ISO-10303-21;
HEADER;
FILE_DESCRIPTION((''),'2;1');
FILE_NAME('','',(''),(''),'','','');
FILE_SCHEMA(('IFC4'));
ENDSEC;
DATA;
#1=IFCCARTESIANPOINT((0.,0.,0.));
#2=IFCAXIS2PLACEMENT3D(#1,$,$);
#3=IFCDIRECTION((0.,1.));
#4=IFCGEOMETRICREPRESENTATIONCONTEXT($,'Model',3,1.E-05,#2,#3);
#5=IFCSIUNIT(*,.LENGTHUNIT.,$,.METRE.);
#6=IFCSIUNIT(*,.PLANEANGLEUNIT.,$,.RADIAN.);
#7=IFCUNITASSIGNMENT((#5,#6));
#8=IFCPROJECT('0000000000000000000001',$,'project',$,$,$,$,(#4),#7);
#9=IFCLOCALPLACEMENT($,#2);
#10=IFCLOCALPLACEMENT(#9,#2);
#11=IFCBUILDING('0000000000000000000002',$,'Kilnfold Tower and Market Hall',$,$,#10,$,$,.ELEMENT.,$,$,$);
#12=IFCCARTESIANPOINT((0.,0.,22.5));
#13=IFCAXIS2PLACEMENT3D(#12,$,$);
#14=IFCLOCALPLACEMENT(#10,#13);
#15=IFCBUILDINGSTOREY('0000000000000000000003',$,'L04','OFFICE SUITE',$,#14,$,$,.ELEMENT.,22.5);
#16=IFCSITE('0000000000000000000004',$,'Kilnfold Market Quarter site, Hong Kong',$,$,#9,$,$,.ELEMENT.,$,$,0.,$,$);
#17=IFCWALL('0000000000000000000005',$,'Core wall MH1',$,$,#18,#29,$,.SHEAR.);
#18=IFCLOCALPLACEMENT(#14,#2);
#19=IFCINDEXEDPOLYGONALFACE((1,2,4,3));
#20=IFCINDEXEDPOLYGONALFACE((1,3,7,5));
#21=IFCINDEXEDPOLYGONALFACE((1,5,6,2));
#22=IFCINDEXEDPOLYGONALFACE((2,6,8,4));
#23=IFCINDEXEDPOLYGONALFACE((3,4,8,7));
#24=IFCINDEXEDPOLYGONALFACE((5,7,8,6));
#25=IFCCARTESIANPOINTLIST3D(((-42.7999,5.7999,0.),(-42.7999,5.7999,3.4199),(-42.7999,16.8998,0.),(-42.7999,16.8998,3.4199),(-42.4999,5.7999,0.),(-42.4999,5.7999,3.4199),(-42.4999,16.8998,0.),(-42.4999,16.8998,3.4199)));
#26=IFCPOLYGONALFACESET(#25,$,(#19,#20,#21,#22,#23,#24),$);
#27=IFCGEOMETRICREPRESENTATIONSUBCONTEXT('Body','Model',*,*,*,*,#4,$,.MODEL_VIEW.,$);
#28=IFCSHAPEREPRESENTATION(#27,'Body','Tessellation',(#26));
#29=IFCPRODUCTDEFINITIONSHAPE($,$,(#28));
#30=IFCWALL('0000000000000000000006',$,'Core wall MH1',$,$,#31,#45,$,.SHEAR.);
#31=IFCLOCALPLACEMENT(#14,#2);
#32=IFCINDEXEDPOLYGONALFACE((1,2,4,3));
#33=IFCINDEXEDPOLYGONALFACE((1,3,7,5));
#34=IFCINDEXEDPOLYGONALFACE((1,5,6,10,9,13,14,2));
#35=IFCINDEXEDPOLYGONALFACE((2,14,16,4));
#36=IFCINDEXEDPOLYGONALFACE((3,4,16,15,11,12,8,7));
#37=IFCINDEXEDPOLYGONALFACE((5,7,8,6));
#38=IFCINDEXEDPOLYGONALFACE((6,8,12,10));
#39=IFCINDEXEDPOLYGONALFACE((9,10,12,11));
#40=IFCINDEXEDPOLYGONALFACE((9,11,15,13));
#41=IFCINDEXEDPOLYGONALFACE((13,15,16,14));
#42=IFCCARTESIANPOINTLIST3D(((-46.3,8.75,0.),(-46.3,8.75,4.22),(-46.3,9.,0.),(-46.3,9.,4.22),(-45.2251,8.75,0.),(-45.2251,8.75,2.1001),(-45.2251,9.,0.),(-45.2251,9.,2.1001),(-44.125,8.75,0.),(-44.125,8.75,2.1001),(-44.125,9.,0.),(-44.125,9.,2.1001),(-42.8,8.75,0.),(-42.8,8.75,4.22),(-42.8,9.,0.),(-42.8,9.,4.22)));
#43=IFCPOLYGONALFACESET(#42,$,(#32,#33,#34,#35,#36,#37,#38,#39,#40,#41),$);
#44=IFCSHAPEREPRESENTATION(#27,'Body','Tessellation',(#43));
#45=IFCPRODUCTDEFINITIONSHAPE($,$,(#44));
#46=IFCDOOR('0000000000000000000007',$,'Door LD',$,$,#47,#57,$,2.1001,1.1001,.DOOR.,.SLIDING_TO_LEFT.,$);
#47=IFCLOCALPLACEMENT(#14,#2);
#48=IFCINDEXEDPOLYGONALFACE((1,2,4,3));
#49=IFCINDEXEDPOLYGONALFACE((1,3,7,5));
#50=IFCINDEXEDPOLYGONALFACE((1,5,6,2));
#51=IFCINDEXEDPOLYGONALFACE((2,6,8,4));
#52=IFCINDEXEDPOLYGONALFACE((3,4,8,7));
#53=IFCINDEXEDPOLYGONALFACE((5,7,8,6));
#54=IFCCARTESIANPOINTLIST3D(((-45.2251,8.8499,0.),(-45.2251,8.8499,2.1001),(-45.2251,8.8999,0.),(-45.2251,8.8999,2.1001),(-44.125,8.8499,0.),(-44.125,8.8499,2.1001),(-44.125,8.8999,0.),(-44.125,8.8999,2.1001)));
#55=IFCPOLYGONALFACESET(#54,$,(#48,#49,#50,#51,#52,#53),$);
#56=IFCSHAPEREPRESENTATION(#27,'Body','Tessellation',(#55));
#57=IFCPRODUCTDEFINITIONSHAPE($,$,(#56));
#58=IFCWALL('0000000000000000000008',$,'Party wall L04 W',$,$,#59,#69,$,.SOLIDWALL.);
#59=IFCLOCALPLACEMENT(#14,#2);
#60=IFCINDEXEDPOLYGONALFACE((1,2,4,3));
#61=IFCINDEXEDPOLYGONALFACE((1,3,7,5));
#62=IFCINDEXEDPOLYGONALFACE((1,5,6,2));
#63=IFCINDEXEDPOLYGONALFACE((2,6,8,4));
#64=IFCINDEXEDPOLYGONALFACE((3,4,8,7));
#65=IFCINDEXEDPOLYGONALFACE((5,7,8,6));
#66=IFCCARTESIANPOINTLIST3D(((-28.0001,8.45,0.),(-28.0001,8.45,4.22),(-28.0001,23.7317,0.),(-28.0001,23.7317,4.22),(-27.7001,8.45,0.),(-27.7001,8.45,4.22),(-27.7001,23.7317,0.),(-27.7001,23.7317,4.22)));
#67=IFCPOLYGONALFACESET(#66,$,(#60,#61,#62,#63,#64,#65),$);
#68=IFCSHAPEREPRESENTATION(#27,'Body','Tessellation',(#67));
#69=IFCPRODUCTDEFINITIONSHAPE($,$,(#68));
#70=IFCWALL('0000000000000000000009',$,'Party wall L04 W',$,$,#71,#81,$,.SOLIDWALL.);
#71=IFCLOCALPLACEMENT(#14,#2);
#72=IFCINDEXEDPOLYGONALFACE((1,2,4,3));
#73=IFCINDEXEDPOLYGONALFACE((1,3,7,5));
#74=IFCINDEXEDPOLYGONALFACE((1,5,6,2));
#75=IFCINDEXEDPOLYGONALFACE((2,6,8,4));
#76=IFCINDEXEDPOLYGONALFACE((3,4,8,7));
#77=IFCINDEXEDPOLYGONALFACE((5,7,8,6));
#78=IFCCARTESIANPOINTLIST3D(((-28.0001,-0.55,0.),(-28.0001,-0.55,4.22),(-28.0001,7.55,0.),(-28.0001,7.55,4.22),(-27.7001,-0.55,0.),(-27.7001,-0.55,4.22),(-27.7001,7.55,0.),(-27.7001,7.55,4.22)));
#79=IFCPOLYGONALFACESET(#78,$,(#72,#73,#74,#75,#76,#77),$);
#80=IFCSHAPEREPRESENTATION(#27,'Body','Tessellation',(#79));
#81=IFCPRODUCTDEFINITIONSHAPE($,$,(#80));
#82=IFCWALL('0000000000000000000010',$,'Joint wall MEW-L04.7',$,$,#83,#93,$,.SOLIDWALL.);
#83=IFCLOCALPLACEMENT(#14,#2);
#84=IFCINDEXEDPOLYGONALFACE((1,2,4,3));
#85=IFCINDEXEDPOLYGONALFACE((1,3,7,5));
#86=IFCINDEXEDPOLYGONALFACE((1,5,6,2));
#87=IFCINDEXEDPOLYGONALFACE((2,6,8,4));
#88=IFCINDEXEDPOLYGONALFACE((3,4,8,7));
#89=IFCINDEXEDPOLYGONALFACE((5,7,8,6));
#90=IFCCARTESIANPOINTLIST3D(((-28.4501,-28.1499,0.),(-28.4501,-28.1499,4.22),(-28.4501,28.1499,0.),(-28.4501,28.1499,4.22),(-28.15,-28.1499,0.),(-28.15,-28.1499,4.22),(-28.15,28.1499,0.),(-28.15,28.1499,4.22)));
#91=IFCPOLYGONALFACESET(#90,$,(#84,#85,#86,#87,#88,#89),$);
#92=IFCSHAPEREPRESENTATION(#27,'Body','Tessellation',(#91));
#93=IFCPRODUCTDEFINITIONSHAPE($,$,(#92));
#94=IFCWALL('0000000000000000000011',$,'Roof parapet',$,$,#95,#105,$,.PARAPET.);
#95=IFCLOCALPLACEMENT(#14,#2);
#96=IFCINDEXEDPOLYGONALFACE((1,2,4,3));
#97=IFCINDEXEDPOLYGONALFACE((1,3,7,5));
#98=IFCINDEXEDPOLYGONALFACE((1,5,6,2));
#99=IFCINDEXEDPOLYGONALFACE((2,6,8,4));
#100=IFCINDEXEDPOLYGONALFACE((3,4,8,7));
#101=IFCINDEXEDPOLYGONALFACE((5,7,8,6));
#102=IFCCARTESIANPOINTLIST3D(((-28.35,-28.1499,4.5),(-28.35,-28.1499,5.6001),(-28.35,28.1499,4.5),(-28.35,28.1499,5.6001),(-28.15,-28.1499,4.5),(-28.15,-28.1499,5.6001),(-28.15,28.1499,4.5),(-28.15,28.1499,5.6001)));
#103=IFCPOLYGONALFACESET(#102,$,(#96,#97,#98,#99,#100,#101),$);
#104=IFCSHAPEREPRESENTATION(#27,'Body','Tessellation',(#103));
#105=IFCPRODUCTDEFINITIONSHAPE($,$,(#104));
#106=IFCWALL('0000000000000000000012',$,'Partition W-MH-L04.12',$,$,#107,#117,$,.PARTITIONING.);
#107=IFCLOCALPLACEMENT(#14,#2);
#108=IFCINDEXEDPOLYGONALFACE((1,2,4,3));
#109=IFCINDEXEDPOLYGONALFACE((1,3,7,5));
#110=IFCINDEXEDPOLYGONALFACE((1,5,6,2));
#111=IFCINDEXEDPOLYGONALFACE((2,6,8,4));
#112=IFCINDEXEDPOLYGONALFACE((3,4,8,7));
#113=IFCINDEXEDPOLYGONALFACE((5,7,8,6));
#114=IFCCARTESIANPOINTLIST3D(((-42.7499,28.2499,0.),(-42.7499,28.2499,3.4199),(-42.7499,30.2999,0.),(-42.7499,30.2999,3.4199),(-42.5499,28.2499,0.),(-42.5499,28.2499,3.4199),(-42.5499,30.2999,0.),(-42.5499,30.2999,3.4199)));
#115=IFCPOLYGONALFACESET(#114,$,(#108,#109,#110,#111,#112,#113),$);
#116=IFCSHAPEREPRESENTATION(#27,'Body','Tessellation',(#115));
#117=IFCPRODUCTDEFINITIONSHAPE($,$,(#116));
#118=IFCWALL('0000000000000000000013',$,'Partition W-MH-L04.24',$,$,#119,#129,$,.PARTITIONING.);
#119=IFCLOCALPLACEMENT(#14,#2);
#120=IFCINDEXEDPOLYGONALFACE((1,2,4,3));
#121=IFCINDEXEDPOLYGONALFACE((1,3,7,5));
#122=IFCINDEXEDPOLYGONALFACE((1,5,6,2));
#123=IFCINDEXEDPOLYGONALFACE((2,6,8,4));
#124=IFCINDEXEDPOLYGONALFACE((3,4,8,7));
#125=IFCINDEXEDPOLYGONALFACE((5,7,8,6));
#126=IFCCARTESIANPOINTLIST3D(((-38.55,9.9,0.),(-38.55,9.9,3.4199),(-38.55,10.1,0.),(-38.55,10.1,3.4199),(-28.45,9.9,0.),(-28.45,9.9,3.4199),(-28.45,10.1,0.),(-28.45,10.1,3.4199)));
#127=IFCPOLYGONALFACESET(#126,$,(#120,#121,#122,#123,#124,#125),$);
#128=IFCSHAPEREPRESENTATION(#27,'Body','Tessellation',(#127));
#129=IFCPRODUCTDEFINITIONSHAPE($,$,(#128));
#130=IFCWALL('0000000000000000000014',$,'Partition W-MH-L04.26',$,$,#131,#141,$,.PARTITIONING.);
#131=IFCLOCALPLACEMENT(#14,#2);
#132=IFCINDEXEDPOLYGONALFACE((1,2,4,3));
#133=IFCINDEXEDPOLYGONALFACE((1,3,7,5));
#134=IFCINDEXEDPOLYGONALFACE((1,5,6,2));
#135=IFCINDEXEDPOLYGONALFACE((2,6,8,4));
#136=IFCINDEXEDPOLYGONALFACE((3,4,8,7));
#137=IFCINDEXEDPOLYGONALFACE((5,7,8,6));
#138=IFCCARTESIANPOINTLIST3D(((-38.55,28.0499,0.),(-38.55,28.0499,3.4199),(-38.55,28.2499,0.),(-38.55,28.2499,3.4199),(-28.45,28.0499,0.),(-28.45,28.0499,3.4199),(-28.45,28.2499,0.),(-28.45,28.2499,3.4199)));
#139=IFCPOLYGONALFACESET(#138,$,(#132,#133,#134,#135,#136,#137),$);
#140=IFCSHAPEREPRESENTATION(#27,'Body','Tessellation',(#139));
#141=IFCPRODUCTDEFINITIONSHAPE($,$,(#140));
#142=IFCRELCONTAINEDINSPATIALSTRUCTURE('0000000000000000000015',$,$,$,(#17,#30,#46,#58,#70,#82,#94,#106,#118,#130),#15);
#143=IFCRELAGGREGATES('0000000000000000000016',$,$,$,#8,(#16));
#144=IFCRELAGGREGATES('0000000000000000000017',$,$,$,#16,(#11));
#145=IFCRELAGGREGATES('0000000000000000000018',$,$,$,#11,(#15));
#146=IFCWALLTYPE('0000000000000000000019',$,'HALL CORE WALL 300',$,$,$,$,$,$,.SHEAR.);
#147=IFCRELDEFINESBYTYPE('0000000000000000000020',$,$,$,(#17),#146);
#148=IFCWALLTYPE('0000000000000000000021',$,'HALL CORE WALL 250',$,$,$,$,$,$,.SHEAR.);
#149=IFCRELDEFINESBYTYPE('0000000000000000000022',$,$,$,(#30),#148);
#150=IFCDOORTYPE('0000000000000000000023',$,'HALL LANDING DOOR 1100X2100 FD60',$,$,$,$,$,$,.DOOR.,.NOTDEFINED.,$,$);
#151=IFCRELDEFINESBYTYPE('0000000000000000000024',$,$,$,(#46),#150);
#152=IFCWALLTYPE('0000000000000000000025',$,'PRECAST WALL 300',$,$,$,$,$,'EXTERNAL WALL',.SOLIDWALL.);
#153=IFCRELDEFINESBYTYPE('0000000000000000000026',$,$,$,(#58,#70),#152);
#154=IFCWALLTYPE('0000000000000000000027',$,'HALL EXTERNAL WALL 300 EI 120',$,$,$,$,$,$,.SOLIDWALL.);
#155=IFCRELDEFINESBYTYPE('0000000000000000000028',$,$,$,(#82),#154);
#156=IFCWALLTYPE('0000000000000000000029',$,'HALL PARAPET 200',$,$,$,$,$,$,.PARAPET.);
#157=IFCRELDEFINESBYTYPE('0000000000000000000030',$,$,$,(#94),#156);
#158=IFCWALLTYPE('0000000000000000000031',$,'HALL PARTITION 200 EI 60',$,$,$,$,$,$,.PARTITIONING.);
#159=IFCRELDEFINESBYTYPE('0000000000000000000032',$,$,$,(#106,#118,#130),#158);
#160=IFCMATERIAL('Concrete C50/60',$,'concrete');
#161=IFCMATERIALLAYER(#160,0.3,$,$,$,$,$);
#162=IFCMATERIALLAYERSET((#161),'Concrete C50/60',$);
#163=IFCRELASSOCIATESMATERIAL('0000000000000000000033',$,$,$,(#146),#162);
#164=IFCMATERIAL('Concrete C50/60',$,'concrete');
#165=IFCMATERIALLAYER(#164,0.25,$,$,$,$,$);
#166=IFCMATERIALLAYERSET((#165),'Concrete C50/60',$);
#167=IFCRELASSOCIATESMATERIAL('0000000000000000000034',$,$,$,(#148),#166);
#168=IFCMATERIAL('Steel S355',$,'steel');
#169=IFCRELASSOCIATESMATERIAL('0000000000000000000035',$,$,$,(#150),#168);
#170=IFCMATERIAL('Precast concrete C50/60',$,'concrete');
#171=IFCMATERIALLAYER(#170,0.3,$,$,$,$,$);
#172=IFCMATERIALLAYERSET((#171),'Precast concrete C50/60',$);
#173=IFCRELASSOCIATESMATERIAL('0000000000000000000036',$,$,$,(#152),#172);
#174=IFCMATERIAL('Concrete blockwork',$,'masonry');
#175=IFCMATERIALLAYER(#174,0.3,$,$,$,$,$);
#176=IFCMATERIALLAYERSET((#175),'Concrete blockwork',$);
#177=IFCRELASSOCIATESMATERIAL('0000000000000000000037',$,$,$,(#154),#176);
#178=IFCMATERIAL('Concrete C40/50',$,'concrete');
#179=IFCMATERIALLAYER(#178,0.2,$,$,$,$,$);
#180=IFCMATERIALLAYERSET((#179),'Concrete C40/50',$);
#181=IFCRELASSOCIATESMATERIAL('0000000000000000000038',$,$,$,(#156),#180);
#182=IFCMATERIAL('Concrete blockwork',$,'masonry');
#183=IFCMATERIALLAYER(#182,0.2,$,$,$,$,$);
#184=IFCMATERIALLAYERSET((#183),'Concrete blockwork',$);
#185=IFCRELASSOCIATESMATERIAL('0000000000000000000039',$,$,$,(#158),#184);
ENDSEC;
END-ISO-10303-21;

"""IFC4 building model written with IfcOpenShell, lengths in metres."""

from ifc_helpers import new_model, si_unit, direction, frame, frame_2d, origin, place, context, subcontext, project, spatial, rectangle, extrude, source, transform, mapped, material, layer, layer_set, type_object, element, fill, save


model = new_model("IFC4")

# Units and contexts
model_context = context("Model", 3, precision=1e-05, world=origin(), true_north=direction((0.0, 1.0)))
body_context = subcontext(model_context, "Body", "Model", "MODEL_VIEW")
ifc_project = project(units=[si_unit("LENGTHUNIT", "METRE"), si_unit("PLANEANGLEUNIT", "RADIAN")], contexts=[model_context])

# Site, building, storey
site_placement = place(None, origin())
site = spatial("IfcSite", under=ifc_project, at=site_placement, Name="Kilnfold Market Quarter site, Hong Kong", CompositionType="ELEMENT", RefElevation=0.0)
building_placement = place(site_placement, origin())
building = spatial("IfcBuilding", under=site, at=building_placement, Name="Kilnfold Tower and Market Hall", CompositionType="ELEMENT")
storey_placement = place(building_placement, frame((0.0, 0.0, 22.5)))
storey = spatial("IfcBuildingStorey", under=building, at=storey_placement, Name="L04", Description="OFFICE SUITE", CompositionType="ELEMENT", Elevation=22.5)

# Wall
ifc_material_1 = material(Name="Concrete C50/60", Category="concrete")
ifc_layer_1 = layer(ifc_material_1, 0.3)
ifc_layer_set_1 = layer_set([ifc_layer_1], Name="Concrete C50/60")
wall_type_1 = type_object("IfcWallType", Name="HALL CORE WALL 300", PredefinedType="SHEAR", material=ifc_layer_set_1)
shared_shape_1 = source(origin(), body_context, "Body", "SweptSolid", [
    extrude(rectangle(XDim=11.0999, YDim=0.3, at=frame_2d((5.5498, 0.0))), origin(), (0.0, 0.0, 1.0), 3.4199),
])
wall_1_placement = place(storey_placement, frame((-42.6499, 5.8, 0.0), z_axis=(0.0, 0.0, 1.0), x_axis=(0.0, 1.0, 0.0)))
element("IfcWall", 1, at=wall_1_placement, inside=storey, type_object=wall_type_1, Name="Core wall MH1", PredefinedType="SHEAR", context=body_context, shape_type="MappedRepresentation", body=[
    mapped(shared_shape_1, transform((0.0, 0.0, 0.0))),
])

# Wall, opening, door
ifc_material_2 = material(Name="Concrete C50/60", Category="concrete")
ifc_layer_2 = layer(ifc_material_2, 0.25)
ifc_layer_set_2 = layer_set([ifc_layer_2], Name="Concrete C50/60")
wall_type_2 = type_object("IfcWallType", Name="HALL CORE WALL 250", PredefinedType="SHEAR", material=ifc_layer_set_2)
shared_shape_2 = source(origin(), body_context, "Body", "SweptSolid", [
    extrude(rectangle(XDim=3.5, YDim=0.25, at=frame_2d((1.75, 0.0))), origin(), (0.0, 0.0, 1.0), 4.22),
])
wall_2_placement = place(storey_placement, frame((-46.3, 8.875, 0.0), z_axis=(0.0, 0.0, 1.0), x_axis=(1.0, 0.0, 0.0)))
wall_2 = element("IfcWall", 2, at=wall_2_placement, inside=storey, type_object=wall_type_2, Name="Core wall MH1", PredefinedType="SHEAR", context=body_context, shape_type="MappedRepresentation", body=[
    mapped(shared_shape_2, transform((0.0, 0.0, 0.0))),
])
opening_1_placement = place(wall_2_placement, frame((1.075, 0.0, 0.0)))
opening_1 = element("IfcOpeningElement", 3, at=opening_1_placement, cuts=wall_2, PredefinedType="OPENING", context=body_context, shape_type="SweptSolid", body=[
    extrude(rectangle(XDim=1.1001, YDim=2.1001, at=frame_2d((0.55, 1.05))), frame((0.0, 0.135, 0.0), z_axis=(0.0, -1.0, 0.0), x_axis=(1.0, 0.0, 0.0)), (0.0, 0.0, 1.0), 0.27),
])
ifc_material_3 = material(Name="Steel S355", Category="steel")
door_type_1 = type_object("IfcDoorType", Name="HALL LANDING DOOR 1100X2100 FD60", OperationType="NOTDEFINED", PredefinedType="DOOR", material=ifc_material_3)
door_1_placement = place(opening_1_placement, origin())
door_1 = element("IfcDoor", 4, at=door_1_placement, inside=storey, type_object=door_type_1, Name="Door LD", OperationType="SLIDING_TO_LEFT", OverallHeight=2.1001, OverallWidth=1.1001, PredefinedType="DOOR", context=body_context, shape_type="SweptSolid", body=[
    extrude(rectangle(XDim=1.1001, YDim=2.1001, at=frame_2d((0.55, 1.05))), frame((0.0, 0.0249, 0.0), z_axis=(0.0, -1.0, 0.0), x_axis=(1.0, 0.0, 0.0)), (0.0, 0.0, 1.0), 0.05),
])
fill(opening_1, door_1)

# Walls
ifc_material_4 = material(Name="Precast concrete C50/60", Category="concrete")
ifc_layer_3 = layer(ifc_material_4, 0.3)
ifc_layer_set_3 = layer_set([ifc_layer_3], Name="Precast concrete C50/60")
wall_type_3 = type_object("IfcWallType", Name="PRECAST WALL 300", ElementType="EXTERNAL WALL", PredefinedType="SOLIDWALL", material=ifc_layer_set_3)
shared_shape_3 = source(origin(), body_context, "Body", "SweptSolid", [
    extrude(rectangle(XDim=15.2817, YDim=0.3, at=frame_2d((7.6409, 0.0))), origin(), (0.0, 0.0, 1.0), 4.22),
])
wall_3_placement = place(storey_placement, frame((-27.8501, 23.7317, 0.0), z_axis=(0.0, 0.0, 1.0), x_axis=(0.0, -1.0, 0.0)))
element("IfcWall", 5, at=wall_3_placement, inside=storey, type_object=wall_type_3, Name="Party wall L04 W", PredefinedType="SOLIDWALL", context=body_context, shape_type="MappedRepresentation", body=[
    mapped(shared_shape_3, transform((0.0, 0.0, 0.0))),
])
shared_shape_4 = source(origin(), body_context, "Body", "SweptSolid", [
    extrude(rectangle(XDim=8.1001, YDim=0.3, at=frame_2d((4.05, 0.0))), origin(), (0.0, 0.0, 1.0), 4.22),
])
wall_4_placement = place(storey_placement, frame((-27.8501, 7.55, 0.0), z_axis=(0.0, 0.0, 1.0), x_axis=(0.0, -1.0, 0.0)))
element("IfcWall", 6, at=wall_4_placement, inside=storey, type_object=wall_type_3, Name="Party wall L04 W", PredefinedType="SOLIDWALL", context=body_context, shape_type="MappedRepresentation", body=[
    mapped(shared_shape_4, transform((0.0, 0.0, 0.0))),
])
ifc_material_5 = material(Name="Concrete blockwork", Category="masonry")
ifc_layer_4 = layer(ifc_material_5, 0.3)
ifc_layer_set_4 = layer_set([ifc_layer_4], Name="Concrete blockwork")
wall_type_4 = type_object("IfcWallType", Name="HALL EXTERNAL WALL 300 EI 120", PredefinedType="SOLIDWALL", material=ifc_layer_set_4)
shared_shape_5 = source(origin(), body_context, "Body", "SweptSolid", [
    extrude(rectangle(XDim=56.2998, YDim=0.3, at=frame_2d((28.1499, 0.0))), origin(), (0.0, 0.0, 1.0), 4.22),
])
wall_5_placement = place(storey_placement, frame((-28.3, 28.1499, 0.0), z_axis=(0.0, 0.0, 1.0), x_axis=(0.0, -1.0, 0.0)))
element("IfcWall", 7, at=wall_5_placement, inside=storey, type_object=wall_type_4, Name="Joint wall MEW-L04.7", PredefinedType="SOLIDWALL", context=body_context, shape_type="MappedRepresentation", body=[
    mapped(shared_shape_5, transform((0.0, 0.0, 0.0))),
])
ifc_material_6 = material(Name="Concrete C40/50", Category="concrete")
ifc_layer_5 = layer(ifc_material_6, 0.2)
ifc_layer_set_5 = layer_set([ifc_layer_5], Name="Concrete C40/50")
wall_type_5 = type_object("IfcWallType", Name="HALL PARAPET 200", PredefinedType="PARAPET", material=ifc_layer_set_5)
shared_shape_6 = source(origin(), body_context, "Body", "SweptSolid", [
    extrude(rectangle(XDim=56.2998, YDim=0.2, at=frame_2d((28.1499, 0.0))), origin(), (0.0, 0.0, 1.0), 1.1001),
])
wall_6_placement = place(storey_placement, frame((-28.25, 28.1499, 4.5), z_axis=(0.0, 0.0, 1.0), x_axis=(0.0, -1.0, 0.0)))
element("IfcWall", 8, at=wall_6_placement, inside=storey, type_object=wall_type_5, Name="Roof parapet", PredefinedType="PARAPET", context=body_context, shape_type="MappedRepresentation", body=[
    mapped(shared_shape_6, transform((0.0, 0.0, 0.0))),
])

# Shared definitions
ifc_material_7 = material(Name="Concrete blockwork", Category="masonry")
ifc_layer_6 = layer(ifc_material_7, 0.2)
ifc_layer_set_6 = layer_set([ifc_layer_6], Name="Concrete blockwork")
wall_type_6 = type_object("IfcWallType", Name="HALL PARTITION 200 EI 60", PredefinedType="PARTITIONING", material=ifc_layer_set_6)

# Walls
shared_shape_7 = source(origin(), body_context, "Body", "SweptSolid", [
    extrude(rectangle(XDim=2.05, YDim=0.2, at=frame_2d((1.0249, 0.0))), origin(), (0.0, 0.0, 1.0), 3.4199),
])
wall_7_placement = place(storey_placement, frame((-42.6499, 28.25, 0.0), z_axis=(0.0, 0.0, 1.0), x_axis=(0.0, 1.0, 0.0)))
element("IfcWall", 9, at=wall_7_placement, inside=storey, type_object=wall_type_6, Name="Partition W-MH-L04.12", PredefinedType="PARTITIONING", context=body_context, shape_type="MappedRepresentation", body=[
    mapped(shared_shape_7, transform((0.0, 0.0, 0.0))),
])
shared_shape_8 = source(origin(), body_context, "Body", "SweptSolid", [
    extrude(rectangle(XDim=10.1001, YDim=0.2, at=frame_2d((5.05, 0.0))), origin(), (0.0, 0.0, 1.0), 3.4199),
])
for number, where, z_axis, x_axis, name in (
    (10, (-38.55, 10.0, 0.0), (0.0, 0.0, 1.0), (1.0, 0.0, 0.0), "Partition W-MH-L04.24"),
    (11, (-38.55, 28.1499, 0.0), (0.0, 0.0, 1.0), (1.0, 0.0, 0.0), "Partition W-MH-L04.26"),
):
    element("IfcWall", number, at=place(storey_placement, frame(where, z_axis=z_axis, x_axis=x_axis)), inside=storey, type_object=wall_type_6, Name=name, PredefinedType="PARTITIONING", context=body_context, shape_type="MappedRepresentation", body=[
        mapped(shared_shape_8, transform((0.0, 0.0, 0.0))),
    ])

save(model, "model.ifc")
